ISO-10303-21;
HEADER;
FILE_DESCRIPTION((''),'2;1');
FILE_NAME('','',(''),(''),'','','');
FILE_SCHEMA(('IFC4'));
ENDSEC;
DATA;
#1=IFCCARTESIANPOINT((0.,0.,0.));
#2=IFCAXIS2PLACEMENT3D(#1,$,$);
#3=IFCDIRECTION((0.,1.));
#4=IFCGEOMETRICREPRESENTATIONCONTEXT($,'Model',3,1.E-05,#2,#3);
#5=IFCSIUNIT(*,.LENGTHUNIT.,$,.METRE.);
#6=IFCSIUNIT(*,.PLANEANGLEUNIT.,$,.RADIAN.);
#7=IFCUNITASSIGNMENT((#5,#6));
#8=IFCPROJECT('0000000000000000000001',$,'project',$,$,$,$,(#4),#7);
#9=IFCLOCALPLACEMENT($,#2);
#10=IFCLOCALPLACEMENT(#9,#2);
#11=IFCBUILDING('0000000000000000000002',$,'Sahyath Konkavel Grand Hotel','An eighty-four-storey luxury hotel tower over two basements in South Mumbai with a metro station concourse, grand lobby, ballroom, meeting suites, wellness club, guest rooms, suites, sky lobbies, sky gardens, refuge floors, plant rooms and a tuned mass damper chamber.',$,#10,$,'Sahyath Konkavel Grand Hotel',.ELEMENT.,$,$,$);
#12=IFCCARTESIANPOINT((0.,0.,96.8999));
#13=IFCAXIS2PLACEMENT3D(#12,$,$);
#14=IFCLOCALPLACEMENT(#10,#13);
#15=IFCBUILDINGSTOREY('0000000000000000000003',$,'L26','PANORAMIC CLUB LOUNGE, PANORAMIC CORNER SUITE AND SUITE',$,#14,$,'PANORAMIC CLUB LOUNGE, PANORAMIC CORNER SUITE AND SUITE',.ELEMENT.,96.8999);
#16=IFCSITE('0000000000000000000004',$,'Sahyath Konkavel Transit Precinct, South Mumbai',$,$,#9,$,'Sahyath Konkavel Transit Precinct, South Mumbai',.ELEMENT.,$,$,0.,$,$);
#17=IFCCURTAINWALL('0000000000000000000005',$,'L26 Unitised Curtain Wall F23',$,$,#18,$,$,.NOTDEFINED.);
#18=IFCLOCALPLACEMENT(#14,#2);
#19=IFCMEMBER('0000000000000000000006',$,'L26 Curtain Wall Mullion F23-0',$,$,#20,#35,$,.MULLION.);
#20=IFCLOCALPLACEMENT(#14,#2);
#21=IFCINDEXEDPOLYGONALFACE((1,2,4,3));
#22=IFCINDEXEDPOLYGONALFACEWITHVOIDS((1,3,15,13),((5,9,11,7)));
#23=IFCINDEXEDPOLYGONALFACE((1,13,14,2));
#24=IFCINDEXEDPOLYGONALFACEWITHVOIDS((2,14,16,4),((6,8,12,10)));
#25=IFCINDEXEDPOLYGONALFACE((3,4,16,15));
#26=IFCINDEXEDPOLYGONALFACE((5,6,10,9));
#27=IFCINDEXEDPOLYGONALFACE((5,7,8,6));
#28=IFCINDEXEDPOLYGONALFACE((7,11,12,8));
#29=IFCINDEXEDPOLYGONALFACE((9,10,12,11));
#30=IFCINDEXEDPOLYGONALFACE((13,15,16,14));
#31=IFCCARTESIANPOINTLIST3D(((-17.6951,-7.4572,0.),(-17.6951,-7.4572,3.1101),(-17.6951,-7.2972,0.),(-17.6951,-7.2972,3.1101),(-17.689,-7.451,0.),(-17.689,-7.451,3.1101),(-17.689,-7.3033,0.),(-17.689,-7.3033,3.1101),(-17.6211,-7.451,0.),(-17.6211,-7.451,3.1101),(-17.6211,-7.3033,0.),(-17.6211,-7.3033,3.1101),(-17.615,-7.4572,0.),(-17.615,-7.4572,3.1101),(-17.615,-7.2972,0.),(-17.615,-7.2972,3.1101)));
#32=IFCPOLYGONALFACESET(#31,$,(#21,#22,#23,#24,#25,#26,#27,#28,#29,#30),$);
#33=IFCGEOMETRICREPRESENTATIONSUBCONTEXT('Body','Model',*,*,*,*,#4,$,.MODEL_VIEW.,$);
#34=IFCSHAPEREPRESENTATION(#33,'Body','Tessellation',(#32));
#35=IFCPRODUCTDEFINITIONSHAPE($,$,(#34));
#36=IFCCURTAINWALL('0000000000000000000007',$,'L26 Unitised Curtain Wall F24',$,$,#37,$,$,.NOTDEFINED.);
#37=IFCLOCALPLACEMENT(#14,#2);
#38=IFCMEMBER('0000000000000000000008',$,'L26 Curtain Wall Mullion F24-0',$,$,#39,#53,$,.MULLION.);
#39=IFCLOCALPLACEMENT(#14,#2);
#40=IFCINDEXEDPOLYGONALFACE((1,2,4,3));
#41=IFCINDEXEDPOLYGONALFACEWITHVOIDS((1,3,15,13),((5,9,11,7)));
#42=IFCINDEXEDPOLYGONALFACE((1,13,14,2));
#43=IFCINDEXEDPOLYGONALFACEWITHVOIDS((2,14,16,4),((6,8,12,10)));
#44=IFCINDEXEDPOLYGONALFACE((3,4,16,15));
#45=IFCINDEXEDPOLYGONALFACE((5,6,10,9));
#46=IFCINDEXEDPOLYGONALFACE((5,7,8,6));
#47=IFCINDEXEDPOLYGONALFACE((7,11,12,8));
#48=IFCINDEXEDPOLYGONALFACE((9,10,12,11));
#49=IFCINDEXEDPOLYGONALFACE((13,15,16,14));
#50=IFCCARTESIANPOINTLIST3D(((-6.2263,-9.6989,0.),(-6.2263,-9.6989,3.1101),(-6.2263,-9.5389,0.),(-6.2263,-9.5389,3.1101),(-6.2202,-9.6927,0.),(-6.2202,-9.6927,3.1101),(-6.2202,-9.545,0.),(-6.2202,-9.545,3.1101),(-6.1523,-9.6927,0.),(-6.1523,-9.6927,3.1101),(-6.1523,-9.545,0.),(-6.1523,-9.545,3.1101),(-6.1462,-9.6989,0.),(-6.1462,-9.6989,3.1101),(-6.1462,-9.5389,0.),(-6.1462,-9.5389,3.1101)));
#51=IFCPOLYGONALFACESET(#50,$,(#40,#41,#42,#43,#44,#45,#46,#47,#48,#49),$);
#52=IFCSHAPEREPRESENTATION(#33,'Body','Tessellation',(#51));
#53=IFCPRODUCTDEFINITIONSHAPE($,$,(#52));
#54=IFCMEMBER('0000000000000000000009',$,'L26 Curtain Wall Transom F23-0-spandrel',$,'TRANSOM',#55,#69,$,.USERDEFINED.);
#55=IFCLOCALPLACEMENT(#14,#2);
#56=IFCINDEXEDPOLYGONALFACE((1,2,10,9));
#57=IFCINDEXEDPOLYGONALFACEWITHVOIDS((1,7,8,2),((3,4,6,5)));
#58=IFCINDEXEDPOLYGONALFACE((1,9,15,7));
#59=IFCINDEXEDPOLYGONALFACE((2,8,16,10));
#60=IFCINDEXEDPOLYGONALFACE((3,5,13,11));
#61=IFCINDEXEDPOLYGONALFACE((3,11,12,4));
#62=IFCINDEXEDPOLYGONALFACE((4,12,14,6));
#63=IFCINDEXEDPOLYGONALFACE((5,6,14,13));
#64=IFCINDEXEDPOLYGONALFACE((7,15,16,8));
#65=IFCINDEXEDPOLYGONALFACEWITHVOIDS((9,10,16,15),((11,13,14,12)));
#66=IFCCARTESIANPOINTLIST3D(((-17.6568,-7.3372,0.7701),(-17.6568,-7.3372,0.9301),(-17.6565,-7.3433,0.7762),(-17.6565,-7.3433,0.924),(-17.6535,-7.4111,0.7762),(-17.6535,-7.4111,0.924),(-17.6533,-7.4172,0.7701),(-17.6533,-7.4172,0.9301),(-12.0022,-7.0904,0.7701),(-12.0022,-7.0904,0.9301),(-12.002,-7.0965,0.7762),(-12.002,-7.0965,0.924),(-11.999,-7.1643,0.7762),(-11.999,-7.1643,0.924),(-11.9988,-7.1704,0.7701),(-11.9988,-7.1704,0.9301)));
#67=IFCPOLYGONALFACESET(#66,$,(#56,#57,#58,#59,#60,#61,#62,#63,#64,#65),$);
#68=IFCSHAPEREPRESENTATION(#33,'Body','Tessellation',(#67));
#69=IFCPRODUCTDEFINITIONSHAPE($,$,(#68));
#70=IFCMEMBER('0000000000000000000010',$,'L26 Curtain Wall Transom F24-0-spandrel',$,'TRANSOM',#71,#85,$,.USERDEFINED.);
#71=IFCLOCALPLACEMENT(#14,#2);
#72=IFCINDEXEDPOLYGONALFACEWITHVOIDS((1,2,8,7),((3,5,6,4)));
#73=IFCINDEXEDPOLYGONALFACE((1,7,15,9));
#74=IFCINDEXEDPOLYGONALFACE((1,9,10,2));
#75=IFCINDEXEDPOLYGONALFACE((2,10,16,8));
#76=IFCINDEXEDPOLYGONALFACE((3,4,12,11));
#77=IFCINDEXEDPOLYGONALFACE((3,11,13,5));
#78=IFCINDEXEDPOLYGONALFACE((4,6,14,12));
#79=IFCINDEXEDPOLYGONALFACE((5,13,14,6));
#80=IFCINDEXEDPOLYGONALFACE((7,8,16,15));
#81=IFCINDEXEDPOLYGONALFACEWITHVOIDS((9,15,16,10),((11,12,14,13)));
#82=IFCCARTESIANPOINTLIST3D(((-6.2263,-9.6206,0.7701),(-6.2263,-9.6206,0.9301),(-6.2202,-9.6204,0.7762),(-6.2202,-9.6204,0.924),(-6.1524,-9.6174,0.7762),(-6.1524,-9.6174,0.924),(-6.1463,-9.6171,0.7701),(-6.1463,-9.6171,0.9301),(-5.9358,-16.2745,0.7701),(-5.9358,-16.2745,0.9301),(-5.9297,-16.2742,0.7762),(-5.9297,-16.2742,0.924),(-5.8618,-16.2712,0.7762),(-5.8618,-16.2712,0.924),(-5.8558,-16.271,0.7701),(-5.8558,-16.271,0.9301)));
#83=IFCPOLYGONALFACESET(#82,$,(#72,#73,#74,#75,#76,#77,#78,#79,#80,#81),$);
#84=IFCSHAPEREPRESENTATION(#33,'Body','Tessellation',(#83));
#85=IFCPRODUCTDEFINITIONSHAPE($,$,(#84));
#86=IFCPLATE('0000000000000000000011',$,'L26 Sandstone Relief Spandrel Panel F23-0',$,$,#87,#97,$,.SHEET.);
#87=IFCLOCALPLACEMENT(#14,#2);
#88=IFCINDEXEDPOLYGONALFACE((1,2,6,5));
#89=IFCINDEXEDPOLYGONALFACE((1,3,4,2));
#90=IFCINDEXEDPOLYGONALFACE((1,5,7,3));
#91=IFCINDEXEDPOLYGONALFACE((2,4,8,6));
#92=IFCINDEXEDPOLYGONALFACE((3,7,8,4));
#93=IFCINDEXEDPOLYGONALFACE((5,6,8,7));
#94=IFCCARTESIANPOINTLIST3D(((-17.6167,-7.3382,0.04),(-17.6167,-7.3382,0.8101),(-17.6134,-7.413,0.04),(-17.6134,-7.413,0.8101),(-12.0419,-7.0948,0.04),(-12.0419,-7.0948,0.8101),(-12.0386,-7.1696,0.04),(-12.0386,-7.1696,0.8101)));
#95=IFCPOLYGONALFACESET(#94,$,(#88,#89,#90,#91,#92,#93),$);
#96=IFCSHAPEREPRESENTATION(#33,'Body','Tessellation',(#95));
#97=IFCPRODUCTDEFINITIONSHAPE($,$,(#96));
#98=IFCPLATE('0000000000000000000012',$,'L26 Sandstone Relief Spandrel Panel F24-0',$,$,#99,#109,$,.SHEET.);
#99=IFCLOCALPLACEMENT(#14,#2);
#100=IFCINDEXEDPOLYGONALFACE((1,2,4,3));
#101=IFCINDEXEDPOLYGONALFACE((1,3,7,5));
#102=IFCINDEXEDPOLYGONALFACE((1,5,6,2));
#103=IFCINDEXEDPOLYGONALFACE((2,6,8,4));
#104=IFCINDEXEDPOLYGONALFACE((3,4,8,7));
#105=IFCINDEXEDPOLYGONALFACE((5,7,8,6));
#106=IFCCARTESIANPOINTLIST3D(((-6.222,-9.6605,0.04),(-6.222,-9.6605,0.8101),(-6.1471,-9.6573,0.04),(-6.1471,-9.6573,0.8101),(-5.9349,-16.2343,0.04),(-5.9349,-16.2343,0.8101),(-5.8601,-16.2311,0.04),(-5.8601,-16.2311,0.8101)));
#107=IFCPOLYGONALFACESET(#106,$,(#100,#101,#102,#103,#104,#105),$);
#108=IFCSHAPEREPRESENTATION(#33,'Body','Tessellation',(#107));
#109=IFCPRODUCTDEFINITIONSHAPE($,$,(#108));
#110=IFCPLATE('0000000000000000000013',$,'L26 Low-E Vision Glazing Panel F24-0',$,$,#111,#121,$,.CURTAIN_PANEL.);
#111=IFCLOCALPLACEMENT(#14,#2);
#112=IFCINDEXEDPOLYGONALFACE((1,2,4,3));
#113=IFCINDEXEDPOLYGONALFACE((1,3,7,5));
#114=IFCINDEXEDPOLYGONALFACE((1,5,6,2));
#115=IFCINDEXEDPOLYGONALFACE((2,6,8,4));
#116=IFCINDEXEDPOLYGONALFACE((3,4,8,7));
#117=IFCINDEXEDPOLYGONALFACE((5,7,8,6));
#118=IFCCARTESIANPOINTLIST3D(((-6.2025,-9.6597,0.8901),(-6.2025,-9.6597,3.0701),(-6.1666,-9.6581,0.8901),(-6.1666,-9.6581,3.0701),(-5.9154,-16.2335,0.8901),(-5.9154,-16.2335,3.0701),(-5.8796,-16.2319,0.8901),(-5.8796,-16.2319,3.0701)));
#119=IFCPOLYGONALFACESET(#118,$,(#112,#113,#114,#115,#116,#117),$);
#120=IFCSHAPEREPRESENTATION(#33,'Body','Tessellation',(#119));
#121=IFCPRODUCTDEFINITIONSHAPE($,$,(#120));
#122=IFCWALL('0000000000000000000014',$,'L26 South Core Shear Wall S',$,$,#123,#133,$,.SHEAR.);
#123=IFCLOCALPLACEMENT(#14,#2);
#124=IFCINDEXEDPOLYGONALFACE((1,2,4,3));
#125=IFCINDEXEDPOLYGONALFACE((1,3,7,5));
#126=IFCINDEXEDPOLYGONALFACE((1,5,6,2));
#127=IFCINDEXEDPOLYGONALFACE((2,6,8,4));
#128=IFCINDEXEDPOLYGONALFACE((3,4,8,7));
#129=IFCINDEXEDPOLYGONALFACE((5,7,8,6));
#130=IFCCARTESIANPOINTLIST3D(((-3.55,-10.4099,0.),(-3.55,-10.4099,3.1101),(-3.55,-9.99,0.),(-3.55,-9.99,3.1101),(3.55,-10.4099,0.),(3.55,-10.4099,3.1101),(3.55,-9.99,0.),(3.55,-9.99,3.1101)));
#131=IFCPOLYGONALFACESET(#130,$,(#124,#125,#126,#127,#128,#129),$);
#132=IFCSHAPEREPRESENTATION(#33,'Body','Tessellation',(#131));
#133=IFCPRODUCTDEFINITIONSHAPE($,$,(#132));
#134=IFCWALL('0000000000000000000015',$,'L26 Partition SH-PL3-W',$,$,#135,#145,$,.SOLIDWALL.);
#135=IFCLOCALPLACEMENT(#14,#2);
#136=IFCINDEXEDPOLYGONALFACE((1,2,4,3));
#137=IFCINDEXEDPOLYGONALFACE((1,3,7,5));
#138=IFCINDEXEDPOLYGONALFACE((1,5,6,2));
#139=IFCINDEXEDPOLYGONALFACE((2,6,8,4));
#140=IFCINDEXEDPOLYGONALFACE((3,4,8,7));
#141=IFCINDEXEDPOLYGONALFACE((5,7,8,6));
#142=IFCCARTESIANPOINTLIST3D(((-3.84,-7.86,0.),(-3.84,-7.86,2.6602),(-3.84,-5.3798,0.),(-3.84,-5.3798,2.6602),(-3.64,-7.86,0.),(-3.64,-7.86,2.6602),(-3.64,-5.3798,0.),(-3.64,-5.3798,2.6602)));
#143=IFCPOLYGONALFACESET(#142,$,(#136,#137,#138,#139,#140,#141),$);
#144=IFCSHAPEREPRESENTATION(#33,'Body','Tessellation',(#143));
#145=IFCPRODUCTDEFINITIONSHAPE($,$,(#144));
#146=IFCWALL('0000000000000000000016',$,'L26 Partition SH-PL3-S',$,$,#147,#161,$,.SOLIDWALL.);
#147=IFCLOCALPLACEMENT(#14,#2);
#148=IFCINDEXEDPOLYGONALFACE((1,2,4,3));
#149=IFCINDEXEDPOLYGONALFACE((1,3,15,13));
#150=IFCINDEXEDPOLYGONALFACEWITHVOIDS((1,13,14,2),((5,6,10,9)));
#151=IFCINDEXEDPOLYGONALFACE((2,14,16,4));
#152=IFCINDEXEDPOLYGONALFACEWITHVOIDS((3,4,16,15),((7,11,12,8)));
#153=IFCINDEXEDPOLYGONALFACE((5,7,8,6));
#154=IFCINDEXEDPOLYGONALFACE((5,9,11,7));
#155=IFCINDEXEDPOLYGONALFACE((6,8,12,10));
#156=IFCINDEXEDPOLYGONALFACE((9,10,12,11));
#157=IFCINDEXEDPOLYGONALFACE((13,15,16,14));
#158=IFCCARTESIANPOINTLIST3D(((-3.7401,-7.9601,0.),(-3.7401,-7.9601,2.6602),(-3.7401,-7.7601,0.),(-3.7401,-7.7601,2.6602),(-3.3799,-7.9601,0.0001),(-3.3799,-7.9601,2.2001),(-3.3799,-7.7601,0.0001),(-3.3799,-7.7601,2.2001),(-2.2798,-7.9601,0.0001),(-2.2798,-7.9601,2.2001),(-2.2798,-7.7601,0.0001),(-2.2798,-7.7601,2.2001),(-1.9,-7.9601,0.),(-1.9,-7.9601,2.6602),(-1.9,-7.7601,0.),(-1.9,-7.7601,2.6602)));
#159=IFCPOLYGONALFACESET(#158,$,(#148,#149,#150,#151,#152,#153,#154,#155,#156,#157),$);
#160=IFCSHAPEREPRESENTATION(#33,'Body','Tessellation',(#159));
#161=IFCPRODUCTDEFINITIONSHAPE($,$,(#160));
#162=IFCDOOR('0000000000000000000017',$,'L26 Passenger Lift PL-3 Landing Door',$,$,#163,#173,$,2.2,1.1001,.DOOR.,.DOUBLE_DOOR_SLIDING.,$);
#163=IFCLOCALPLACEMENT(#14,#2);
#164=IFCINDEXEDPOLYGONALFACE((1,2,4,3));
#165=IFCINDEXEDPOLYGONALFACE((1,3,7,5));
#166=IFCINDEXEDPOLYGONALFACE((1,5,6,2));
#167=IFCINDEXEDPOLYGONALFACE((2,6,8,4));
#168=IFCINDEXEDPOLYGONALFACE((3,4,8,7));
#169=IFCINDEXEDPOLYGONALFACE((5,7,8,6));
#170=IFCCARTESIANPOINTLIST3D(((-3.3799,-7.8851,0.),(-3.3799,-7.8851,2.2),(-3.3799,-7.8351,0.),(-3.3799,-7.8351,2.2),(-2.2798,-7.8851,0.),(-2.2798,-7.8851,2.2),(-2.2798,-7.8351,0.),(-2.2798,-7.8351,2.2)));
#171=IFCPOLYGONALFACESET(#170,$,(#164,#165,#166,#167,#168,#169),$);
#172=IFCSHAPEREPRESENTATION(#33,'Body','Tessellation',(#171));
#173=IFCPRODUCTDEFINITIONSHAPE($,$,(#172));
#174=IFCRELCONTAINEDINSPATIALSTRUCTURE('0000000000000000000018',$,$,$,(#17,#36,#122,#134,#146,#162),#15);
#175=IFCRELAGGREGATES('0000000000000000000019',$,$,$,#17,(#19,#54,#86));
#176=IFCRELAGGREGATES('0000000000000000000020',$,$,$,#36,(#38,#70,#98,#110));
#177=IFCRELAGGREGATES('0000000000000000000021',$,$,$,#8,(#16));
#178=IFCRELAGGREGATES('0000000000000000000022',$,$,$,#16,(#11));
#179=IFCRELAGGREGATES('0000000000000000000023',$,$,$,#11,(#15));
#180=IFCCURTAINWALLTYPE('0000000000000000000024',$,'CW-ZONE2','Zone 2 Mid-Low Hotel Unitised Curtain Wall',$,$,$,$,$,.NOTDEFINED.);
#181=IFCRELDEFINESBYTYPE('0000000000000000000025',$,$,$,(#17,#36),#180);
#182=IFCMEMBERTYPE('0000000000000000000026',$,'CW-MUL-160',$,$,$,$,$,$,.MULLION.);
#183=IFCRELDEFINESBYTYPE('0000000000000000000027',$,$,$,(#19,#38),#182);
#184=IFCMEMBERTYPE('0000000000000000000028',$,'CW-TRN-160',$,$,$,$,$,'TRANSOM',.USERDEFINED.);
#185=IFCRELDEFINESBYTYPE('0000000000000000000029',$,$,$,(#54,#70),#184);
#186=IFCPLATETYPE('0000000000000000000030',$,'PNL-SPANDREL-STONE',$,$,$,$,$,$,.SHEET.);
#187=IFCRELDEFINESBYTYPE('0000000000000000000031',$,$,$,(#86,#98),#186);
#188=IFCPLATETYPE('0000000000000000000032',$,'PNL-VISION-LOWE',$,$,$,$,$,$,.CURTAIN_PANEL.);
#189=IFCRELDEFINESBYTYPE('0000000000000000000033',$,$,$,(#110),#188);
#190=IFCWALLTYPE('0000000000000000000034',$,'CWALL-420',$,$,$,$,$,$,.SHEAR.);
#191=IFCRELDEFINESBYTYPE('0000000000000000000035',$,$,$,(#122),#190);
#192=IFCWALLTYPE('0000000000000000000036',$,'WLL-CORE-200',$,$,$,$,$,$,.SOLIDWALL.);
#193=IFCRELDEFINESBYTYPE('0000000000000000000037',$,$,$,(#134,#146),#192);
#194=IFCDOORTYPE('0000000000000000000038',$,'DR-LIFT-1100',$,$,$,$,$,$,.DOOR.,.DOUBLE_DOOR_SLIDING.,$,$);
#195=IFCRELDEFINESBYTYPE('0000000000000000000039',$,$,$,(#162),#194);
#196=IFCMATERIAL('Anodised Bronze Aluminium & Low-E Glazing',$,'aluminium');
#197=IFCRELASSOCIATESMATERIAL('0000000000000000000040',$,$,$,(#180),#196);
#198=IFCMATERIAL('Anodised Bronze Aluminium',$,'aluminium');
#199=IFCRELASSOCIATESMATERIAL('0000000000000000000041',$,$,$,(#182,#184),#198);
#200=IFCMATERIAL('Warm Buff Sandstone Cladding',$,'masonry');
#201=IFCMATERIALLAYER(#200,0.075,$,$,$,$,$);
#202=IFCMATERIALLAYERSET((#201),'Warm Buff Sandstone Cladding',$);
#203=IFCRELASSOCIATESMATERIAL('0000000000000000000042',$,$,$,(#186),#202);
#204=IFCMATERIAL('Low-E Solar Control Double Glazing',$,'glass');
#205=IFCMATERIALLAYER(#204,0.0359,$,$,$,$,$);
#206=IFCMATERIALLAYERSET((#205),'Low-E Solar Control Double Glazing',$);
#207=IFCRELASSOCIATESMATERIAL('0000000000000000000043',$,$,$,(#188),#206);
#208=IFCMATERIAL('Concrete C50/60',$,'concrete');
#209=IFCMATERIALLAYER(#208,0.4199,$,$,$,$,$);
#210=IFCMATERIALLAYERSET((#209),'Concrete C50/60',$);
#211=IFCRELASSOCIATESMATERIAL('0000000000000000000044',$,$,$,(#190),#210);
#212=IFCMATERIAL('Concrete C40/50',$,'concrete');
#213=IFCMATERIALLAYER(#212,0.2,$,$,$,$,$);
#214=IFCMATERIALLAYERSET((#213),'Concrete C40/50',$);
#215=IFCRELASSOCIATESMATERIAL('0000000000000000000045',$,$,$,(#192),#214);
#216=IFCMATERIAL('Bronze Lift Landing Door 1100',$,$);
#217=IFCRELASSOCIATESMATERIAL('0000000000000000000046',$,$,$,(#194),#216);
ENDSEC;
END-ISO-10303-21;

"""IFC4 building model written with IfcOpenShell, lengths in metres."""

from ifc_helpers import new_model, si_unit, direction, frame, frame_2d, origin, origin_2d, place, context, subcontext, project, spatial, rectangle, hollow_rectangle, extrude, source, transform, mapped, material, layer, layer_set, material_profile, profile_set, type_object, element, fill, aggregate, save


model = new_model("IFC4")

# Units and contexts
model_context = context("Model", 3, precision=1e-05, world=origin(), true_north=direction((0.0, 1.0)))
body_context = subcontext(model_context, "Body", "Model", "MODEL_VIEW")
ifc_project = project(units=[si_unit("LENGTHUNIT", "METRE"), si_unit("PLANEANGLEUNIT", "RADIAN")], contexts=[model_context])

# Site, building, storey
site_placement = place(None, origin())
site = spatial("IfcSite", under=ifc_project, at=site_placement, Name="Sahyath Konkavel Transit Precinct, South Mumbai", LongName="Sahyath Konkavel Transit Precinct, South Mumbai", CompositionType="ELEMENT", RefElevation=0.0)
building_placement = place(site_placement, origin())
building = spatial("IfcBuilding", under=site, at=building_placement, Name="Sahyath Konkavel Grand Hotel", Description="An eighty-four-storey luxury hotel tower over two basements in South Mumbai with a metro station concourse, grand lobby, ballroom, meeting suites, wellness club, guest rooms, suites, sky lobbies, sky gardens, refuge floors, plant rooms and a tuned mass damper chamber.", LongName="Sahyath Konkavel Grand Hotel", CompositionType="ELEMENT")
storey_placement = place(building_placement, frame((0.0, 0.0, 96.8999)))
storey = spatial("IfcBuildingStorey", under=building, at=storey_placement, Name="L26", Description="PANORAMIC CLUB LOUNGE, PANORAMIC CORNER SUITE AND SUITE", LongName="PANORAMIC CLUB LOUNGE, PANORAMIC CORNER SUITE AND SUITE", CompositionType="ELEMENT", Elevation=96.8999)

# Curtain wall, member
ifc_material_1 = material(Name="Anodised Bronze Aluminium & Low-E Glazing", Category="aluminium")
curtain_wall_type = type_object("IfcCurtainWallType", Name="CW-ZONE2", Description="Zone 2 Mid-Low Hotel Unitised Curtain Wall", PredefinedType="NOTDEFINED", material=ifc_material_1)
curtain_wall_1_placement = place(storey_placement, origin())
curtain_wall_1 = element("IfcCurtainWall", 1, at=curtain_wall_1_placement, inside=storey, type_object=curtain_wall_type, Name="L26 Unitised Curtain Wall F23", PredefinedType="NOTDEFINED")
ifc_material_2 = material(Name="Anodised Bronze Aluminium", Category="aluminium")
ifc_material_profile_1 = material_profile(ifc_material_2, hollow_rectangle(XDim=0.0801, YDim=0.1599, WallThickness=0.0061, at=origin_2d()), Name="RHS 160x80x6")
ifc_profile_set_1 = profile_set([ifc_material_profile_1], Name="Anodised Bronze Aluminium")
member_type_1 = type_object("IfcMemberType", Name="CW-MUL-160", PredefinedType="MULLION", material=ifc_profile_set_1)
shared_shape_1 = source(origin(), body_context, "Body", "SweptSolid", [
    extrude(hollow_rectangle(XDim=0.0801, YDim=0.1599, WallThickness=0.0061, at=origin_2d()), origin(), (0.0, 0.0, 1.0), 3.1101),
])
member_1_placement = place(storey_placement, frame((-17.655, -7.3772, 0.0), z_axis=(0.0, 0.0, 1.0), x_axis=(1.0, 0.0, 0.0)))
member_1 = element("IfcMember", 2, at=member_1_placement, type_object=member_type_1, Name="L26 Curtain Wall Mullion F23-0", PredefinedType="MULLION", context=body_context, shape_type="MappedRepresentation", body=[
    mapped(shared_shape_1, transform((0.0, 0.0, 0.0), scale=1.0)),
])

# Curtain wall, member
curtain_wall_2_placement = place(storey_placement, origin())
curtain_wall_2 = element("IfcCurtainWall", 3, at=curtain_wall_2_placement, inside=storey, type_object=curtain_wall_type, Name="L26 Unitised Curtain Wall F24", PredefinedType="NOTDEFINED")
member_2_placement = place(storey_placement, frame((-6.1863, -9.6189, 0.0), z_axis=(0.0, 0.0, 1.0), x_axis=(1.0, 0.0, 0.0)))
member_2 = element("IfcMember", 4, at=member_2_placement, type_object=member_type_1, Name="L26 Curtain Wall Mullion F24-0", PredefinedType="MULLION", context=body_context, shape_type="MappedRepresentation", body=[
    mapped(shared_shape_1, transform((0.0, 0.0, 0.0), scale=1.0)),
])

# Members
ifc_material_profile_2 = material_profile(ifc_material_2, hollow_rectangle(XDim=0.0801, YDim=0.1599, WallThickness=0.0061, at=origin_2d()), Name="RHS 160x80x6")
ifc_profile_set_2 = profile_set([ifc_material_profile_2], Name="Anodised Bronze Aluminium")
member_type_2 = type_object("IfcMemberType", Name="CW-TRN-160", ElementType="TRANSOM", PredefinedType="USERDEFINED", material=ifc_profile_set_2)
shared_shape_2 = source(origin(), body_context, "Body", "SweptSolid", [
    extrude(hollow_rectangle(XDim=0.0801, YDim=0.1599, WallThickness=0.0061, at=origin_2d()), origin(), (0.0, 0.0, 1.0), 5.6599),
])
member_3_placement = place(storey_placement, frame((-17.655, -7.3772, 0.8501), z_axis=(0.999049, 0.043609, 0.0), x_axis=(-0.043609, 0.999049, 0.0)))
member_3 = element("IfcMember", 5, at=member_3_placement, type_object=member_type_2, Name="L26 Curtain Wall Transom F23-0-spandrel", ObjectType="TRANSOM", PredefinedType="USERDEFINED", context=body_context, shape_type="MappedRepresentation", body=[
    mapped(shared_shape_2, transform((0.0, 0.0, 0.0), scale=1.0)),
])
shared_shape_3 = source(origin(), body_context, "Body", "SweptSolid", [
    extrude(hollow_rectangle(XDim=0.0801, YDim=0.1599, WallThickness=0.0061, at=origin_2d()), origin(), (0.0, 0.0, 1.0), 6.6602),
])
member_4_placement = place(storey_placement, frame((-6.1863, -9.6189, 0.8501), z_axis=(0.043622, -0.999048, 0.0), x_axis=(0.999048, 0.043622, 0.0)))
member_4 = element("IfcMember", 6, at=member_4_placement, type_object=member_type_2, Name="L26 Curtain Wall Transom F24-0-spandrel", ObjectType="TRANSOM", PredefinedType="USERDEFINED", context=body_context, shape_type="MappedRepresentation", body=[
    mapped(shared_shape_3, transform((0.0, 0.0, 0.0), scale=1.0)),
])

# Plates
ifc_material_3 = material(Name="Warm Buff Sandstone Cladding", Category="masonry")
ifc_layer_1 = layer(ifc_material_3, 0.075)
ifc_layer_set_1 = layer_set([ifc_layer_1], Name="Warm Buff Sandstone Cladding")
plate_type_1 = type_object("IfcPlateType", Name="PNL-SPANDREL-STONE", PredefinedType="SHEET", material=ifc_layer_set_1)
shared_shape_4 = source(origin(), body_context, "Body", "SweptSolid", [
    extrude(rectangle(XDim=5.5801, YDim=0.075, at=origin_2d()), origin(), (0.0, 0.0, 1.0), 0.77),
])
plate_1_placement = place(storey_placement, frame((-14.8276, -7.2539, 0.04), z_axis=(0.0, 0.0, 1.0), x_axis=(0.999048, 0.043619, 0.0)))
plate_1 = element("IfcPlate", 7, at=plate_1_placement, type_object=plate_type_1, Name="L26 Sandstone Relief Spandrel Panel F23-0", PredefinedType="SHEET", context=body_context, shape_type="MappedRepresentation", body=[
    mapped(shared_shape_4, transform((0.0, 0.0, 0.0), scale=1.0)),
])
aggregate(curtain_wall_1, [member_1, member_3, plate_1])
shared_shape_5 = source(origin(), body_context, "Body", "SweptSolid", [
    extrude(rectangle(XDim=6.5801, YDim=0.075, at=origin_2d()), origin(), (0.0, 0.0, 1.0), 0.77),
])
plate_2_placement = place(storey_placement, frame((-6.041, -12.9458, 0.04), z_axis=(0.0, 0.0, 1.0), x_axis=(0.043619, -0.999048, 0.0)))
plate_2 = element("IfcPlate", 8, at=plate_2_placement, type_object=plate_type_1, Name="L26 Sandstone Relief Spandrel Panel F24-0", PredefinedType="SHEET", context=body_context, shape_type="MappedRepresentation", body=[
    mapped(shared_shape_5, transform((0.0, 0.0, 0.0), scale=1.0)),
])
ifc_material_4 = material(Name="Low-E Solar Control Double Glazing", Category="glass")
ifc_layer_2 = layer(ifc_material_4, 0.0359)
ifc_layer_set_2 = layer_set([ifc_layer_2], Name="Low-E Solar Control Double Glazing")
plate_type_2 = type_object("IfcPlateType", Name="PNL-VISION-LOWE", PredefinedType="CURTAIN_PANEL", material=ifc_layer_set_2)
shared_shape_6 = source(origin(), body_context, "Body", "SweptSolid", [
    extrude(rectangle(XDim=6.5801, YDim=0.0359, at=origin_2d()), origin(), (0.0, 0.0, 1.0), 2.1799),
])
plate_3_placement = place(storey_placement, frame((-6.041, -12.9458, 0.8901), z_axis=(0.0, 0.0, 1.0), x_axis=(0.043619, -0.999048, 0.0)))
plate_3 = element("IfcPlate", 9, at=plate_3_placement, type_object=plate_type_2, Name="L26 Low-E Vision Glazing Panel F24-0", PredefinedType="CURTAIN_PANEL", context=body_context, shape_type="MappedRepresentation", body=[
    mapped(shared_shape_6, transform((0.0, 0.0, 0.0), scale=1.0)),
])
aggregate(curtain_wall_2, [member_2, member_4, plate_2, plate_3])

# Walls
ifc_material_5 = material(Name="Concrete C50/60", Category="concrete")
ifc_layer_3 = layer(ifc_material_5, 0.4199)
ifc_layer_set_3 = layer_set([ifc_layer_3], Name="Concrete C50/60")
wall_type_1 = type_object("IfcWallType", Name="CWALL-420", PredefinedType="SHEAR", material=ifc_layer_set_3)
wall_1_placement = place(storey_placement, frame((-3.55, -10.2, 0.0), z_axis=(0.0, 0.0, 1.0), x_axis=(1.0, 0.0, 0.0)))
element("IfcWall", 10, at=wall_1_placement, inside=storey, type_object=wall_type_1, Name="L26 South Core Shear Wall S", PredefinedType="SHEAR", context=body_context, shape_type="SweptSolid", body=[
    extrude(rectangle(XDim=7.1001, YDim=0.4199, at=frame_2d((3.55, 0.0))), origin(), (0.0, 0.0, 1.0), 3.1101),
])
ifc_material_6 = material(Name="Concrete C40/50", Category="concrete")
ifc_layer_4 = layer(ifc_material_6, 0.2)
ifc_layer_set_4 = layer_set([ifc_layer_4], Name="Concrete C40/50")
wall_type_2 = type_object("IfcWallType", Name="WLL-CORE-200", PredefinedType="SOLIDWALL", material=ifc_layer_set_4)
wall_2_placement = place(storey_placement, frame((-3.74, -7.8601, 0.0), z_axis=(0.0, 0.0, 1.0), x_axis=(0.0, 1.0, 0.0)))
element("IfcWall", 11, at=wall_2_placement, inside=storey, type_object=wall_type_2, Name="L26 Partition SH-PL3-W", PredefinedType="SOLIDWALL", context=body_context, shape_type="SweptSolid", body=[
    extrude(rectangle(XDim=2.4802, YDim=0.2, at=frame_2d((1.2402, 0.0))), origin(), (0.0, 0.0, 1.0), 2.6602),
])

# Wall, opening, door
wall_3_placement = place(storey_placement, frame((-3.74, -7.8601, 0.0), z_axis=(0.0, 0.0, 1.0), x_axis=(1.0, 0.0, 0.0)))
wall_3 = element("IfcWall", 12, at=wall_3_placement, inside=storey, type_object=wall_type_2, Name="L26 Partition SH-PL3-S", PredefinedType="SOLIDWALL", context=body_context, shape_type="SweptSolid", body=[
    extrude(rectangle(XDim=1.8401, YDim=0.2, at=frame_2d((0.9199, 0.0))), origin(), (0.0, 0.0, 1.0), 2.6602),
])
opening_1_placement = place(wall_3_placement, frame((0.3601, 0.0, 0.0)))
opening_1 = element("IfcOpeningElement", 13, at=opening_1_placement, cuts=wall_3, PredefinedType="OPENING", context=body_context, shape_type="SweptSolid", body=[
    extrude(rectangle(XDim=1.1001, YDim=2.2, at=frame_2d((0.55, 1.1001))), frame((0.0, 0.1099, 0.0), z_axis=(0.0, -1.0, 0.0), x_axis=(1.0, 0.0, 0.0)), (0.0, 0.0, 1.0), 0.22),
])
ifc_material_7 = material(Name="Bronze Lift Landing Door 1100")
door_type_1 = type_object("IfcDoorType", Name="DR-LIFT-1100", OperationType="DOUBLE_DOOR_SLIDING", PredefinedType="DOOR", material=ifc_material_7)
shared_shape_7 = source(origin(), body_context, "Body", "SweptSolid", [
    extrude(rectangle(XDim=1.1001, YDim=0.05, at=origin_2d()), origin(), (0.0, 0.0, 1.0), 2.2),
])
door_1_placement = place(opening_1_placement, frame((0.55, 0.0, 0.0)))
door_1 = element("IfcDoor", 14, at=door_1_placement, inside=storey, type_object=door_type_1, Name="L26 Passenger Lift PL-3 Landing Door", OperationType="DOUBLE_DOOR_SLIDING", OverallHeight=2.2, OverallWidth=1.1001, PredefinedType="DOOR", context=body_context, shape_type="MappedRepresentation", body=[
    mapped(shared_shape_7, transform((0.0, 0.0, 0.0), scale=1.0)),
])
fill(opening_1, door_1)

save(model, "model.ifc")
